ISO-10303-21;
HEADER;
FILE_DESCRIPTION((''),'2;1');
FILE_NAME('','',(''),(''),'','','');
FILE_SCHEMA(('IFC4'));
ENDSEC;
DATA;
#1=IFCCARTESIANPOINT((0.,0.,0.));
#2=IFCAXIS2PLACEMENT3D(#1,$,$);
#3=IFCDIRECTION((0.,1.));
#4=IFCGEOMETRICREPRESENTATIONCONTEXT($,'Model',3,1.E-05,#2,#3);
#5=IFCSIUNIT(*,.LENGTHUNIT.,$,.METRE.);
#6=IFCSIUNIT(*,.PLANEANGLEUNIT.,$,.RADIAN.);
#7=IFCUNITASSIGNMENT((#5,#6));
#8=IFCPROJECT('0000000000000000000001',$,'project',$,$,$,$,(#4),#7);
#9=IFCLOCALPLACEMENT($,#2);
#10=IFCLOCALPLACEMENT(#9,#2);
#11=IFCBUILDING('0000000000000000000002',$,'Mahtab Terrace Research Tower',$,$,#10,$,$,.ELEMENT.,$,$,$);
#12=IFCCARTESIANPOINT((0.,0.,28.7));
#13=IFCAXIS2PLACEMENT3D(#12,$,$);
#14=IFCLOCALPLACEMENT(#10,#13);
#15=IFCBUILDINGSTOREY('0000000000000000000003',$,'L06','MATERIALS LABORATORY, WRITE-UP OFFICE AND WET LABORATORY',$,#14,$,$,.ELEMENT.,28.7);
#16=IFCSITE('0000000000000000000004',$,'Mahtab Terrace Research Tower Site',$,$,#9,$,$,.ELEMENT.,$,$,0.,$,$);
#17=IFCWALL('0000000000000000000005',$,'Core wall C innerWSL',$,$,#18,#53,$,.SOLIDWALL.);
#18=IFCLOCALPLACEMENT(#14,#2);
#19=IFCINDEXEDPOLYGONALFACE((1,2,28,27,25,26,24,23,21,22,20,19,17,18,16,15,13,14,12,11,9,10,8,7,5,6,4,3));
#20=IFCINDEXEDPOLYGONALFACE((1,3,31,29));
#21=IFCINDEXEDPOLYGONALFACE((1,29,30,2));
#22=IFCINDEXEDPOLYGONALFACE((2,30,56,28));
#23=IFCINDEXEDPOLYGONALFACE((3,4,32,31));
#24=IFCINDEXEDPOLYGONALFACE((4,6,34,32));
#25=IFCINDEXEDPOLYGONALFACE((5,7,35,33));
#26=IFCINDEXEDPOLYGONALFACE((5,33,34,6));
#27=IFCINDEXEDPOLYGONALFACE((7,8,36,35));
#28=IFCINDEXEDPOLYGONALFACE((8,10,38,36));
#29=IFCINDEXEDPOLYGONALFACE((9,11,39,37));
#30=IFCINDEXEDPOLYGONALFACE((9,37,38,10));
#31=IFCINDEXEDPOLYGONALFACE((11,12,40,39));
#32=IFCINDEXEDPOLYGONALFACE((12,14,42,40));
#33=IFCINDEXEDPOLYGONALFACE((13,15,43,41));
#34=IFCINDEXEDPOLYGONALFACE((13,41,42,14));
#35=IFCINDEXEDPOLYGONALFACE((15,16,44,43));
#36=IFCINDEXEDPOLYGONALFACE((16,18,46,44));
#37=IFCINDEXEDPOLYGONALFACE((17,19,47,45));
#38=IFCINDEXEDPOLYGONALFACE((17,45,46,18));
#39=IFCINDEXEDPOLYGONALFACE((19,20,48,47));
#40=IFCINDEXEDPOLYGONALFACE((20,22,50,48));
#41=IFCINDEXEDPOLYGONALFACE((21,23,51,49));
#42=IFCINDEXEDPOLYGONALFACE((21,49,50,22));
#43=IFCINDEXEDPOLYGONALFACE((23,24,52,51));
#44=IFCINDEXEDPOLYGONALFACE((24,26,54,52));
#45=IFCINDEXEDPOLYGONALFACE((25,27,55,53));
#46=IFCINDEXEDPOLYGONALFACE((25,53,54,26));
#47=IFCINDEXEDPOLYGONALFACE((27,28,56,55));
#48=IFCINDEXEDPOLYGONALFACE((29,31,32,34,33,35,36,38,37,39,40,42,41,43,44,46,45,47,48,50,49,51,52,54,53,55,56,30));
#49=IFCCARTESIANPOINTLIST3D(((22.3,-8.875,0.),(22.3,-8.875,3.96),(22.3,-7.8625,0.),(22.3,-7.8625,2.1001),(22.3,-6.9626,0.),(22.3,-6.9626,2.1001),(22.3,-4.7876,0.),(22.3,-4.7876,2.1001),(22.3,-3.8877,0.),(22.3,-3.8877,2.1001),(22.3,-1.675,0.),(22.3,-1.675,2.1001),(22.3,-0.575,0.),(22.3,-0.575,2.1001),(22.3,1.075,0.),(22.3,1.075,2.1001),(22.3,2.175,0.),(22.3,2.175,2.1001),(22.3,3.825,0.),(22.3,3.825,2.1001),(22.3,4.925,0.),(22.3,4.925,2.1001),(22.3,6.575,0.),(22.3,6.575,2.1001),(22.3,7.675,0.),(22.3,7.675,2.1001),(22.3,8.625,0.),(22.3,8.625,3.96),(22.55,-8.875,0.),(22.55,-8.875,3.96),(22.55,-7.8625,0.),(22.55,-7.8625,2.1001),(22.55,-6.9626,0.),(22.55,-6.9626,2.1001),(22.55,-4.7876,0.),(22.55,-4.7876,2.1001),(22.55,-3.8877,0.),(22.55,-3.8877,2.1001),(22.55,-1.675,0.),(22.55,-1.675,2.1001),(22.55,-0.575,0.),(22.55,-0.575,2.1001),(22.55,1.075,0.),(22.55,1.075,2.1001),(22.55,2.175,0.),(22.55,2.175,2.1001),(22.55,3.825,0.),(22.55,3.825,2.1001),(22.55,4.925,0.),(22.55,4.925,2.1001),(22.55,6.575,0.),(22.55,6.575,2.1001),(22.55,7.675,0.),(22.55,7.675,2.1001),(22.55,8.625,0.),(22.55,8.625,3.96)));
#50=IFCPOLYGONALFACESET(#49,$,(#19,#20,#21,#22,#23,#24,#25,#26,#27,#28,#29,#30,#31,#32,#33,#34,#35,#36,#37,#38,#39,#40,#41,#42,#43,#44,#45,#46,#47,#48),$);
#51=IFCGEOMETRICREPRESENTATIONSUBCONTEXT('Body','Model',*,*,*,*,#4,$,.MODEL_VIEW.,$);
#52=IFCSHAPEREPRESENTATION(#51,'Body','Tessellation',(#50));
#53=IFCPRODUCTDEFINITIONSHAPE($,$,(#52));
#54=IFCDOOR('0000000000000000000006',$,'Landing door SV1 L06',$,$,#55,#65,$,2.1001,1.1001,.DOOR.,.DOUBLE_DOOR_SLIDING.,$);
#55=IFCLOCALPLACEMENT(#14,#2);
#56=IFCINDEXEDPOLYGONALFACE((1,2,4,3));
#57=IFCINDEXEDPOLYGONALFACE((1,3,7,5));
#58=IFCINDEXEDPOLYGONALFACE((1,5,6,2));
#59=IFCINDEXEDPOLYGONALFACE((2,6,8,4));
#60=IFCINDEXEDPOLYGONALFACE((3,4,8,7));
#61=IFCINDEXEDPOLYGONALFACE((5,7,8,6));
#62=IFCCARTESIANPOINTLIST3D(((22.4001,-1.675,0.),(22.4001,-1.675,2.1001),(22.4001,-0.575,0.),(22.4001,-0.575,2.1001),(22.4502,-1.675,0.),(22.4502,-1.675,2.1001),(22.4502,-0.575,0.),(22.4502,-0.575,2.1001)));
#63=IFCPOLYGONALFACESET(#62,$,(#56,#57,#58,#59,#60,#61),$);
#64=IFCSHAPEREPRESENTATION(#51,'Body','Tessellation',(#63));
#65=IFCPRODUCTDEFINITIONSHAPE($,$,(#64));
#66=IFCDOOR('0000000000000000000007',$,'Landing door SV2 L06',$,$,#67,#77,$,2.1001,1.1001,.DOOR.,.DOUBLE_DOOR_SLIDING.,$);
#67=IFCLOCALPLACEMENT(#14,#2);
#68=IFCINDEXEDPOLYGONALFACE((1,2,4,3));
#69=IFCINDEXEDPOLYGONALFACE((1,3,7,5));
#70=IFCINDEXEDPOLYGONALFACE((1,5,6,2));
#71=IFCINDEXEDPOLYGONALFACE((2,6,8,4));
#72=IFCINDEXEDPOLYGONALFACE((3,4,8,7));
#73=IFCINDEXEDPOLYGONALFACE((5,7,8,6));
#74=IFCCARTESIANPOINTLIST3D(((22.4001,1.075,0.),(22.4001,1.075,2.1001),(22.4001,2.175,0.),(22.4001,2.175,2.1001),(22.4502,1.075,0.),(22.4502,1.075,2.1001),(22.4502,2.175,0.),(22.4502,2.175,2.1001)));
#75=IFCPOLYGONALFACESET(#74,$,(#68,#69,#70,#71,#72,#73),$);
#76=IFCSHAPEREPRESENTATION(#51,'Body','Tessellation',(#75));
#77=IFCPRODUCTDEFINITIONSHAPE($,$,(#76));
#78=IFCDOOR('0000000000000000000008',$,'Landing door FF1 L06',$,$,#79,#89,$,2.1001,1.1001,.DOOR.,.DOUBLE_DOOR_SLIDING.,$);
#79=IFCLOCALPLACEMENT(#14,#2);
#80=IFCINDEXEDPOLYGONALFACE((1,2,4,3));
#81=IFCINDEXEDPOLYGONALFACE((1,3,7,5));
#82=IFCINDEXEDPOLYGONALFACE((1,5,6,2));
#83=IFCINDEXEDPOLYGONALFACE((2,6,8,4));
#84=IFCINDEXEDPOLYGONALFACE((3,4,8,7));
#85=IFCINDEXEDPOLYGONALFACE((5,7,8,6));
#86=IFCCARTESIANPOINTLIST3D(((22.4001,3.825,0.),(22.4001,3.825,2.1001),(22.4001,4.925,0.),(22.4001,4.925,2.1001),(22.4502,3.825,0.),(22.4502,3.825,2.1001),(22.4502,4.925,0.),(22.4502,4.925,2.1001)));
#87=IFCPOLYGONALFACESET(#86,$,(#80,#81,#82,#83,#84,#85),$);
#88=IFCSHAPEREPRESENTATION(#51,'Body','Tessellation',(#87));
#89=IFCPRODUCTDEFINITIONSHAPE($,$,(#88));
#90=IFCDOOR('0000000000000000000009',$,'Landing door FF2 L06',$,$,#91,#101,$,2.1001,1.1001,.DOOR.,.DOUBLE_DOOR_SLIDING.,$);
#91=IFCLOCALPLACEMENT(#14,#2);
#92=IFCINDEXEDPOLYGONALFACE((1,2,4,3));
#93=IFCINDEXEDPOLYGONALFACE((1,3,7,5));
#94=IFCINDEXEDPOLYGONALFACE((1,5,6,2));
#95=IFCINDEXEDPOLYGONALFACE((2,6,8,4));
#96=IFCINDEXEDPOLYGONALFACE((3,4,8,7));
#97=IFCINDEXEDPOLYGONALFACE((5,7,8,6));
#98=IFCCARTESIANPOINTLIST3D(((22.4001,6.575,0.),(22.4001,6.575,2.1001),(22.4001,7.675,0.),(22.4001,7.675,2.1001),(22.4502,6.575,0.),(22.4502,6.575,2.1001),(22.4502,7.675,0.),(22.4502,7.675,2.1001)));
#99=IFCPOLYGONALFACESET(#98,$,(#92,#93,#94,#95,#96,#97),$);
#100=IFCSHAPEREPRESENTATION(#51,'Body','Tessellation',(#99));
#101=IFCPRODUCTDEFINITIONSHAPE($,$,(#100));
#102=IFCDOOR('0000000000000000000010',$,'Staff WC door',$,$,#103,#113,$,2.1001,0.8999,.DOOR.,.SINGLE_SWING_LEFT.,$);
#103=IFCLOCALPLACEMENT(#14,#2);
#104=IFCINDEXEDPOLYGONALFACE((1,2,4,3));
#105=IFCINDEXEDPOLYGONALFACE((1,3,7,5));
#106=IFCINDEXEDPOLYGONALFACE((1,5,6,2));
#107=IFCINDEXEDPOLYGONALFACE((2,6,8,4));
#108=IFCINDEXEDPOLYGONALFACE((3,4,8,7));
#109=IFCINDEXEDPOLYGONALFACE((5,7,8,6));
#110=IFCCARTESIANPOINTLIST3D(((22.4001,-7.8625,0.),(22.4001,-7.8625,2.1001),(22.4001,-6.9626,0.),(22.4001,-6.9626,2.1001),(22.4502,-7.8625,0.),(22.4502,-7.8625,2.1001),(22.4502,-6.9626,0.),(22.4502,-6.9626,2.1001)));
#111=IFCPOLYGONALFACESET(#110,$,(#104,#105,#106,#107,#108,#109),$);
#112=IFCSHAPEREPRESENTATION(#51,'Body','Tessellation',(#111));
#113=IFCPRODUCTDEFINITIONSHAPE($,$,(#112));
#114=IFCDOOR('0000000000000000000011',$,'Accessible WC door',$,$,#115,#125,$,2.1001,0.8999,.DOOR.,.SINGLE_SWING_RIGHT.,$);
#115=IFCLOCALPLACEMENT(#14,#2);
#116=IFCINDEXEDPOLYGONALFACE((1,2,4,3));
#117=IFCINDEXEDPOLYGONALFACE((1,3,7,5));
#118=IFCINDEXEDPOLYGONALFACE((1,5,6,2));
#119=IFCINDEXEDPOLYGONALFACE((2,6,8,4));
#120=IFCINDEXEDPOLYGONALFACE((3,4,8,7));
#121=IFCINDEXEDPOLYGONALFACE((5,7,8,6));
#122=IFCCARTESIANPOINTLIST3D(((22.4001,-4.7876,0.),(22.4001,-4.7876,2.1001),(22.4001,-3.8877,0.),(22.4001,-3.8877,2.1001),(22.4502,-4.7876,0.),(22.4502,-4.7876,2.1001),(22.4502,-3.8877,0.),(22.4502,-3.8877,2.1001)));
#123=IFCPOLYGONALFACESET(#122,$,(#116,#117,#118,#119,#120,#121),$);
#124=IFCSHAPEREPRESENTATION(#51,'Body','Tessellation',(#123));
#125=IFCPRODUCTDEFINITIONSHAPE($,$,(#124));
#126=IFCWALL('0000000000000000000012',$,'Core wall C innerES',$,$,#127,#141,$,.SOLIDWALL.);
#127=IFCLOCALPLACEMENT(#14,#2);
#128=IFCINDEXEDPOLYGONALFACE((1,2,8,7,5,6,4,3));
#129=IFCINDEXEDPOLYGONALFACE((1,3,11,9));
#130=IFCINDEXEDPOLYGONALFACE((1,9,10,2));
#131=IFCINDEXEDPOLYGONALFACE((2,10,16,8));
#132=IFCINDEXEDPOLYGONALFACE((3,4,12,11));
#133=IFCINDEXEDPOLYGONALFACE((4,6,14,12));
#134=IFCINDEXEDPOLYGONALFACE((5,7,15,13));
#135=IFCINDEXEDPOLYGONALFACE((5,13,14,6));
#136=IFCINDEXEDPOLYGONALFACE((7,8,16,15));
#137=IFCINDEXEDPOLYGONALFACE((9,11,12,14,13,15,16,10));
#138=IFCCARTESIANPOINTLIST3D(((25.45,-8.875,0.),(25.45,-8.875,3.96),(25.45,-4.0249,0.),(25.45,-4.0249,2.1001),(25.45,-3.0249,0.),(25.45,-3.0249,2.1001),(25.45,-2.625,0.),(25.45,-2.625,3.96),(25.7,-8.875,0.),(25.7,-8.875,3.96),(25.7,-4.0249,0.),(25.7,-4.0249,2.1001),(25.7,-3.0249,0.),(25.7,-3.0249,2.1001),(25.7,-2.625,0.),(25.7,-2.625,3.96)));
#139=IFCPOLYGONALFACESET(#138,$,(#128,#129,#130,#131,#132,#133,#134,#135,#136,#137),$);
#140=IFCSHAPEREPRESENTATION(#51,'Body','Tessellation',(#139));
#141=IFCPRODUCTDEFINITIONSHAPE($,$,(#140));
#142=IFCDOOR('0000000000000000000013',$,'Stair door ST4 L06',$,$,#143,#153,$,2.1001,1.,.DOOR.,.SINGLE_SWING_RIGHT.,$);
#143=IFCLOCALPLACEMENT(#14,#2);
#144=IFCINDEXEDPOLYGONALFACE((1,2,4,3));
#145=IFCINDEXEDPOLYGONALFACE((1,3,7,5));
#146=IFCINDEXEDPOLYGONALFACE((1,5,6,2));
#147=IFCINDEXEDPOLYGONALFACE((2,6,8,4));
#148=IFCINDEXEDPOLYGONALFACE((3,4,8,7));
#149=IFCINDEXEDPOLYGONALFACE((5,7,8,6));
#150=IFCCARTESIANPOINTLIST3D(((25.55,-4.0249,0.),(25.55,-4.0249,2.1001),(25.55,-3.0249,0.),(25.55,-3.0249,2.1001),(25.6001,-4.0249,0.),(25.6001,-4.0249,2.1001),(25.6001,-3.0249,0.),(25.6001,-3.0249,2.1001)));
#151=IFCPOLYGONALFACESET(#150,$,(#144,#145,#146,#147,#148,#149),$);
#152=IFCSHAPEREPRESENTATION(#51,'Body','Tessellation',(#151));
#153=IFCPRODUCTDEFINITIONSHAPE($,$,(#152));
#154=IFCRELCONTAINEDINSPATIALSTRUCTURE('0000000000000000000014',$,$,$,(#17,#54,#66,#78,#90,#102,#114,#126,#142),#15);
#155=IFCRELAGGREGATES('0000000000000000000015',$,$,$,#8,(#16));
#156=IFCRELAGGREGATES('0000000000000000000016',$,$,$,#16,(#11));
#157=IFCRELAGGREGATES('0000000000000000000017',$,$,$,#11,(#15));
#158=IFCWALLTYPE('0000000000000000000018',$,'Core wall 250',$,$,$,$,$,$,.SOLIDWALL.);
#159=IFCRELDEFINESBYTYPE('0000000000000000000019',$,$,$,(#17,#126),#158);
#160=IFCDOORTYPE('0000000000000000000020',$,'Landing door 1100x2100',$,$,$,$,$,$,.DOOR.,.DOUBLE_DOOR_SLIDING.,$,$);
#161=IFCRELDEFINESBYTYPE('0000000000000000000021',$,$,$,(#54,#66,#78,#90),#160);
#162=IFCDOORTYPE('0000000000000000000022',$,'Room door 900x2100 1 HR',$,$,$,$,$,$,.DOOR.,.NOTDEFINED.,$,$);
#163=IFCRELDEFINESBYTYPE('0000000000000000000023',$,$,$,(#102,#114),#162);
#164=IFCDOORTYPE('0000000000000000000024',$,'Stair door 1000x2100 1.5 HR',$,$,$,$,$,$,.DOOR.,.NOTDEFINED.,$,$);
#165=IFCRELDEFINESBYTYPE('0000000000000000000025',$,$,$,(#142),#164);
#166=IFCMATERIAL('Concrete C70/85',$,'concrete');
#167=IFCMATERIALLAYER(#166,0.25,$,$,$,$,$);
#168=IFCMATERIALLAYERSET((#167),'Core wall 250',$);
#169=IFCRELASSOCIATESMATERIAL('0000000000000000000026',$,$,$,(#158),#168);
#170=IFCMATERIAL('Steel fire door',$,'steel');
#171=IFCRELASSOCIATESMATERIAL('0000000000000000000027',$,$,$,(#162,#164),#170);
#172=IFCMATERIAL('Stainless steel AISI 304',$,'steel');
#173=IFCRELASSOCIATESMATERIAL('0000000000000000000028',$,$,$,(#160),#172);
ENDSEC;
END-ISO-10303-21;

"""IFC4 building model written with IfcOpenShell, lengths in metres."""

from ifc_helpers import new_model, si_unit, direction, frame, frame_2d, origin, place, context, subcontext, project, spatial, rectangle, extrude, material, layer, layer_set, type_object, element, fill, save


model = new_model("IFC4")

# Units and contexts
model_context = context("Model", 3, precision=1e-05, world=origin(), true_north=direction((0.0, 1.0)))
body_context = subcontext(model_context, "Body", "Model", "MODEL_VIEW")
ifc_project = project(units=[si_unit("LENGTHUNIT", "METRE"), si_unit("PLANEANGLEUNIT", "RADIAN")], contexts=[model_context])

# Site, building, storey
site_placement = place(None, origin())
site = spatial("IfcSite", under=ifc_project, at=site_placement, Name="Mahtab Terrace Research Tower Site", CompositionType="ELEMENT", RefElevation=0.0)
building_placement = place(site_placement, origin())
building = spatial("IfcBuilding", under=site, at=building_placement, Name="Mahtab Terrace Research Tower", CompositionType="ELEMENT")
storey_placement = place(building_placement, frame((0.0, 0.0, 28.7)))
storey = spatial("IfcBuildingStorey", under=building, at=storey_placement, Name="L06", Description="MATERIALS LABORATORY, WRITE-UP OFFICE AND WET LABORATORY", CompositionType="ELEMENT", Elevation=28.7)

# Shared definitions
ifc_material_1 = material(Name="Concrete C70/85", Category="concrete")
ifc_layer_1 = layer(ifc_material_1, 0.25)
ifc_layer_set_1 = layer_set([ifc_layer_1], Name="Core wall 250")
wall_type_1 = type_object("IfcWallType", Name="Core wall 250", PredefinedType="SOLIDWALL", material=ifc_layer_set_1)
ifc_material_2 = material(Name="Steel fire door", Category="steel")
door_type_1 = type_object("IfcDoorType", Name="Room door 900x2100 1 HR", OperationType="NOTDEFINED", PredefinedType="DOOR", material=ifc_material_2)

# Wall, openings, doors
wall_1_placement = place(storey_placement, frame((22.425, -8.875, 0.0), z_axis=(0.0, 0.0, 1.0), x_axis=(0.0, 1.0, 0.0)))
wall_1 = element("IfcWall", 1, at=wall_1_placement, inside=storey, type_object=wall_type_1, Name="Core wall C innerWSL", PredefinedType="SOLIDWALL", context=body_context, shape_type="SweptSolid", body=[
    extrude(rectangle(XDim=17.5, YDim=0.25, at=frame_2d((8.75, 0.0))), origin(), (0.0, 0.0, 1.0), 3.96),
])
opening_1_placement = place(wall_1_placement, frame((7.2, 0.0, 0.0)))
opening_1 = element("IfcOpeningElement", 2, at=opening_1_placement, cuts=wall_1, PredefinedType="OPENING", context=body_context, shape_type="SweptSolid", body=[
    extrude(rectangle(XDim=1.1001, YDim=2.1001, at=frame_2d((0.55, 1.05))), frame((0.0, 0.135, 0.0), z_axis=(0.0, -1.0, 0.0), x_axis=(1.0, 0.0, 0.0)), (0.0, 0.0, 1.0), 0.27),
])
opening_2_placement = place(wall_1_placement, frame((9.95, 0.0, 0.0)))
opening_2 = element("IfcOpeningElement", 3, at=opening_2_placement, cuts=wall_1, PredefinedType="OPENING", context=body_context, shape_type="SweptSolid", body=[
    extrude(rectangle(XDim=1.1001, YDim=2.1001, at=frame_2d((0.55, 1.05))), frame((0.0, 0.135, 0.0), z_axis=(0.0, -1.0, 0.0), x_axis=(1.0, 0.0, 0.0)), (0.0, 0.0, 1.0), 0.27),
])
opening_3_placement = place(wall_1_placement, frame((12.7, 0.0, 0.0)))
opening_3 = element("IfcOpeningElement", 4, at=opening_3_placement, cuts=wall_1, PredefinedType="OPENING", context=body_context, shape_type="SweptSolid", body=[
    extrude(rectangle(XDim=1.1001, YDim=2.1001, at=frame_2d((0.55, 1.05))), frame((0.0, 0.135, 0.0), z_axis=(0.0, -1.0, 0.0), x_axis=(1.0, 0.0, 0.0)), (0.0, 0.0, 1.0), 0.27),
])
opening_4_placement = place(wall_1_placement, frame((15.45, 0.0, 0.0)))
opening_4 = element("IfcOpeningElement", 5, at=opening_4_placement, cuts=wall_1, PredefinedType="OPENING", context=body_context, shape_type="SweptSolid", body=[
    extrude(rectangle(XDim=1.1001, YDim=2.1001, at=frame_2d((0.55, 1.05))), frame((0.0, 0.135, 0.0), z_axis=(0.0, -1.0, 0.0), x_axis=(1.0, 0.0, 0.0)), (0.0, 0.0, 1.0), 0.27),
])
opening_5_placement = place(wall_1_placement, frame((1.0125, 0.0, 0.0)))
opening_5 = element("IfcOpeningElement", 6, at=opening_5_placement, cuts=wall_1, PredefinedType="OPENING", context=body_context, shape_type="SweptSolid", body=[
    extrude(rectangle(XDim=0.8999, YDim=2.1001, at=frame_2d((0.45, 1.05))), frame((0.0, 0.135, 0.0), z_axis=(0.0, -1.0, 0.0), x_axis=(1.0, 0.0, 0.0)), (0.0, 0.0, 1.0), 0.27),
])
opening_6_placement = place(wall_1_placement, frame((4.0874, 0.0, 0.0)))
opening_6 = element("IfcOpeningElement", 7, at=opening_6_placement, cuts=wall_1, PredefinedType="OPENING", context=body_context, shape_type="SweptSolid", body=[
    extrude(rectangle(XDim=0.8999, YDim=2.1001, at=frame_2d((0.45, 1.05))), frame((0.0, 0.135, 0.0), z_axis=(0.0, -1.0, 0.0), x_axis=(1.0, 0.0, 0.0)), (0.0, 0.0, 1.0), 0.27),
])
ifc_material_3 = material(Name="Stainless steel AISI 304", Category="steel")
door_type_2 = type_object("IfcDoorType", Name="Landing door 1100x2100", OperationType="DOUBLE_DOOR_SLIDING", PredefinedType="DOOR", material=ifc_material_3)
door_1_placement = place(opening_1_placement, origin())
door_1 = element("IfcDoor", 8, at=door_1_placement, inside=storey, type_object=door_type_2, Name="Landing door SV1 L06", OperationType="DOUBLE_DOOR_SLIDING", OverallHeight=2.1001, OverallWidth=1.1001, PredefinedType="DOOR", context=body_context, shape_type="SweptSolid", body=[
    extrude(rectangle(XDim=1.1001, YDim=2.1001, at=frame_2d((0.55, 1.05))), frame((0.0, 0.0249, 0.0), z_axis=(0.0, -1.0, 0.0), x_axis=(1.0, 0.0, 0.0)), (0.0, 0.0, 1.0), 0.05),
])
fill(opening_1, door_1)
door_2_placement = place(opening_2_placement, origin())
door_2 = element("IfcDoor", 9, at=door_2_placement, inside=storey, type_object=door_type_2, Name="Landing door SV2 L06", OperationType="DOUBLE_DOOR_SLIDING", OverallHeight=2.1001, OverallWidth=1.1001, PredefinedType="DOOR", context=body_context, shape_type="SweptSolid", body=[
    extrude(rectangle(XDim=1.1001, YDim=2.1001, at=frame_2d((0.55, 1.05))), frame((0.0, 0.0249, 0.0), z_axis=(0.0, -1.0, 0.0), x_axis=(1.0, 0.0, 0.0)), (0.0, 0.0, 1.0), 0.05),
])
fill(opening_2, door_2)
door_3_placement = place(opening_3_placement, origin())
door_3 = element("IfcDoor", 10, at=door_3_placement, inside=storey, type_object=door_type_2, Name="Landing door FF1 L06", OperationType="DOUBLE_DOOR_SLIDING", OverallHeight=2.1001, OverallWidth=1.1001, PredefinedType="DOOR", context=body_context, shape_type="SweptSolid", body=[
    extrude(rectangle(XDim=1.1001, YDim=2.1001, at=frame_2d((0.55, 1.05))), frame((0.0, 0.0249, 0.0), z_axis=(0.0, -1.0, 0.0), x_axis=(1.0, 0.0, 0.0)), (0.0, 0.0, 1.0), 0.05),
])
fill(opening_3, door_3)
door_4_placement = place(opening_4_placement, origin())
door_4 = element("IfcDoor", 11, at=door_4_placement, inside=storey, type_object=door_type_2, Name="Landing door FF2 L06", OperationType="DOUBLE_DOOR_SLIDING", OverallHeight=2.1001, OverallWidth=1.1001, PredefinedType="DOOR", context=body_context, shape_type="SweptSolid", body=[
    extrude(rectangle(XDim=1.1001, YDim=2.1001, at=frame_2d((0.55, 1.05))), frame((0.0, 0.0249, 0.0), z_axis=(0.0, -1.0, 0.0), x_axis=(1.0, 0.0, 0.0)), (0.0, 0.0, 1.0), 0.05),
])
fill(opening_4, door_4)
door_5_placement = place(opening_5_placement, origin())
door_5 = element("IfcDoor", 12, at=door_5_placement, inside=storey, type_object=door_type_1, Name="Staff WC door", OperationType="SINGLE_SWING_LEFT", OverallHeight=2.1001, OverallWidth=0.8999, PredefinedType="DOOR", context=body_context, shape_type="SweptSolid", body=[
    extrude(rectangle(XDim=0.8999, YDim=2.1001, at=frame_2d((0.45, 1.05))), frame((0.0, 0.0249, 0.0), z_axis=(0.0, -1.0, 0.0), x_axis=(1.0, 0.0, 0.0)), (0.0, 0.0, 1.0), 0.05),
])
fill(opening_5, door_5)
door_6_placement = place(opening_6_placement, origin())
door_6 = element("IfcDoor", 13, at=door_6_placement, inside=storey, type_object=door_type_1, Name="Accessible WC door", OperationType="SINGLE_SWING_RIGHT", OverallHeight=2.1001, OverallWidth=0.8999, PredefinedType="DOOR", context=body_context, shape_type="SweptSolid", body=[
    extrude(rectangle(XDim=0.8999, YDim=2.1001, at=frame_2d((0.45, 1.05))), frame((0.0, 0.0249, 0.0), z_axis=(0.0, -1.0, 0.0), x_axis=(1.0, 0.0, 0.0)), (0.0, 0.0, 1.0), 0.05),
])
fill(opening_6, door_6)

# Wall, opening, door
wall_2_placement = place(storey_placement, frame((25.575, -8.875, 0.0), z_axis=(0.0, 0.0, 1.0), x_axis=(0.0, 1.0, 0.0)))
wall_2 = element("IfcWall", 14, at=wall_2_placement, inside=storey, type_object=wall_type_1, Name="Core wall C innerES", PredefinedType="SOLIDWALL", context=body_context, shape_type="SweptSolid", body=[
    extrude(rectangle(XDim=6.25, YDim=0.25, at=frame_2d((3.125, 0.0))), origin(), (0.0, 0.0, 1.0), 3.96),
])
opening_7_placement = place(wall_2_placement, frame((4.8501, 0.0, 0.0)))
opening_7 = element("IfcOpeningElement", 15, at=opening_7_placement, cuts=wall_2, PredefinedType="OPENING", context=body_context, shape_type="SweptSolid", body=[
    extrude(rectangle(XDim=1.0, YDim=2.1001, at=frame_2d((0.5, 1.05))), frame((0.0, 0.135, 0.0), z_axis=(0.0, -1.0, 0.0), x_axis=(1.0, 0.0, 0.0)), (0.0, 0.0, 1.0), 0.27),
])
door_type_3 = type_object("IfcDoorType", Name="Stair door 1000x2100 1.5 HR", OperationType="NOTDEFINED", PredefinedType="DOOR", material=ifc_material_2)
door_7_placement = place(opening_7_placement, origin())
door_7 = element("IfcDoor", 16, at=door_7_placement, inside=storey, type_object=door_type_3, Name="Stair door ST4 L06", OperationType="SINGLE_SWING_RIGHT", OverallHeight=2.1001, OverallWidth=1.0, PredefinedType="DOOR", context=body_context, shape_type="SweptSolid", body=[
    extrude(rectangle(XDim=1.0, YDim=2.1001, at=frame_2d((0.5, 1.05))), frame((0.0, 0.0249, 0.0), z_axis=(0.0, -1.0, 0.0), x_axis=(1.0, 0.0, 0.0)), (0.0, 0.0, 1.0), 0.05),
])
fill(opening_7, door_7)

save(model, "model.ifc")
